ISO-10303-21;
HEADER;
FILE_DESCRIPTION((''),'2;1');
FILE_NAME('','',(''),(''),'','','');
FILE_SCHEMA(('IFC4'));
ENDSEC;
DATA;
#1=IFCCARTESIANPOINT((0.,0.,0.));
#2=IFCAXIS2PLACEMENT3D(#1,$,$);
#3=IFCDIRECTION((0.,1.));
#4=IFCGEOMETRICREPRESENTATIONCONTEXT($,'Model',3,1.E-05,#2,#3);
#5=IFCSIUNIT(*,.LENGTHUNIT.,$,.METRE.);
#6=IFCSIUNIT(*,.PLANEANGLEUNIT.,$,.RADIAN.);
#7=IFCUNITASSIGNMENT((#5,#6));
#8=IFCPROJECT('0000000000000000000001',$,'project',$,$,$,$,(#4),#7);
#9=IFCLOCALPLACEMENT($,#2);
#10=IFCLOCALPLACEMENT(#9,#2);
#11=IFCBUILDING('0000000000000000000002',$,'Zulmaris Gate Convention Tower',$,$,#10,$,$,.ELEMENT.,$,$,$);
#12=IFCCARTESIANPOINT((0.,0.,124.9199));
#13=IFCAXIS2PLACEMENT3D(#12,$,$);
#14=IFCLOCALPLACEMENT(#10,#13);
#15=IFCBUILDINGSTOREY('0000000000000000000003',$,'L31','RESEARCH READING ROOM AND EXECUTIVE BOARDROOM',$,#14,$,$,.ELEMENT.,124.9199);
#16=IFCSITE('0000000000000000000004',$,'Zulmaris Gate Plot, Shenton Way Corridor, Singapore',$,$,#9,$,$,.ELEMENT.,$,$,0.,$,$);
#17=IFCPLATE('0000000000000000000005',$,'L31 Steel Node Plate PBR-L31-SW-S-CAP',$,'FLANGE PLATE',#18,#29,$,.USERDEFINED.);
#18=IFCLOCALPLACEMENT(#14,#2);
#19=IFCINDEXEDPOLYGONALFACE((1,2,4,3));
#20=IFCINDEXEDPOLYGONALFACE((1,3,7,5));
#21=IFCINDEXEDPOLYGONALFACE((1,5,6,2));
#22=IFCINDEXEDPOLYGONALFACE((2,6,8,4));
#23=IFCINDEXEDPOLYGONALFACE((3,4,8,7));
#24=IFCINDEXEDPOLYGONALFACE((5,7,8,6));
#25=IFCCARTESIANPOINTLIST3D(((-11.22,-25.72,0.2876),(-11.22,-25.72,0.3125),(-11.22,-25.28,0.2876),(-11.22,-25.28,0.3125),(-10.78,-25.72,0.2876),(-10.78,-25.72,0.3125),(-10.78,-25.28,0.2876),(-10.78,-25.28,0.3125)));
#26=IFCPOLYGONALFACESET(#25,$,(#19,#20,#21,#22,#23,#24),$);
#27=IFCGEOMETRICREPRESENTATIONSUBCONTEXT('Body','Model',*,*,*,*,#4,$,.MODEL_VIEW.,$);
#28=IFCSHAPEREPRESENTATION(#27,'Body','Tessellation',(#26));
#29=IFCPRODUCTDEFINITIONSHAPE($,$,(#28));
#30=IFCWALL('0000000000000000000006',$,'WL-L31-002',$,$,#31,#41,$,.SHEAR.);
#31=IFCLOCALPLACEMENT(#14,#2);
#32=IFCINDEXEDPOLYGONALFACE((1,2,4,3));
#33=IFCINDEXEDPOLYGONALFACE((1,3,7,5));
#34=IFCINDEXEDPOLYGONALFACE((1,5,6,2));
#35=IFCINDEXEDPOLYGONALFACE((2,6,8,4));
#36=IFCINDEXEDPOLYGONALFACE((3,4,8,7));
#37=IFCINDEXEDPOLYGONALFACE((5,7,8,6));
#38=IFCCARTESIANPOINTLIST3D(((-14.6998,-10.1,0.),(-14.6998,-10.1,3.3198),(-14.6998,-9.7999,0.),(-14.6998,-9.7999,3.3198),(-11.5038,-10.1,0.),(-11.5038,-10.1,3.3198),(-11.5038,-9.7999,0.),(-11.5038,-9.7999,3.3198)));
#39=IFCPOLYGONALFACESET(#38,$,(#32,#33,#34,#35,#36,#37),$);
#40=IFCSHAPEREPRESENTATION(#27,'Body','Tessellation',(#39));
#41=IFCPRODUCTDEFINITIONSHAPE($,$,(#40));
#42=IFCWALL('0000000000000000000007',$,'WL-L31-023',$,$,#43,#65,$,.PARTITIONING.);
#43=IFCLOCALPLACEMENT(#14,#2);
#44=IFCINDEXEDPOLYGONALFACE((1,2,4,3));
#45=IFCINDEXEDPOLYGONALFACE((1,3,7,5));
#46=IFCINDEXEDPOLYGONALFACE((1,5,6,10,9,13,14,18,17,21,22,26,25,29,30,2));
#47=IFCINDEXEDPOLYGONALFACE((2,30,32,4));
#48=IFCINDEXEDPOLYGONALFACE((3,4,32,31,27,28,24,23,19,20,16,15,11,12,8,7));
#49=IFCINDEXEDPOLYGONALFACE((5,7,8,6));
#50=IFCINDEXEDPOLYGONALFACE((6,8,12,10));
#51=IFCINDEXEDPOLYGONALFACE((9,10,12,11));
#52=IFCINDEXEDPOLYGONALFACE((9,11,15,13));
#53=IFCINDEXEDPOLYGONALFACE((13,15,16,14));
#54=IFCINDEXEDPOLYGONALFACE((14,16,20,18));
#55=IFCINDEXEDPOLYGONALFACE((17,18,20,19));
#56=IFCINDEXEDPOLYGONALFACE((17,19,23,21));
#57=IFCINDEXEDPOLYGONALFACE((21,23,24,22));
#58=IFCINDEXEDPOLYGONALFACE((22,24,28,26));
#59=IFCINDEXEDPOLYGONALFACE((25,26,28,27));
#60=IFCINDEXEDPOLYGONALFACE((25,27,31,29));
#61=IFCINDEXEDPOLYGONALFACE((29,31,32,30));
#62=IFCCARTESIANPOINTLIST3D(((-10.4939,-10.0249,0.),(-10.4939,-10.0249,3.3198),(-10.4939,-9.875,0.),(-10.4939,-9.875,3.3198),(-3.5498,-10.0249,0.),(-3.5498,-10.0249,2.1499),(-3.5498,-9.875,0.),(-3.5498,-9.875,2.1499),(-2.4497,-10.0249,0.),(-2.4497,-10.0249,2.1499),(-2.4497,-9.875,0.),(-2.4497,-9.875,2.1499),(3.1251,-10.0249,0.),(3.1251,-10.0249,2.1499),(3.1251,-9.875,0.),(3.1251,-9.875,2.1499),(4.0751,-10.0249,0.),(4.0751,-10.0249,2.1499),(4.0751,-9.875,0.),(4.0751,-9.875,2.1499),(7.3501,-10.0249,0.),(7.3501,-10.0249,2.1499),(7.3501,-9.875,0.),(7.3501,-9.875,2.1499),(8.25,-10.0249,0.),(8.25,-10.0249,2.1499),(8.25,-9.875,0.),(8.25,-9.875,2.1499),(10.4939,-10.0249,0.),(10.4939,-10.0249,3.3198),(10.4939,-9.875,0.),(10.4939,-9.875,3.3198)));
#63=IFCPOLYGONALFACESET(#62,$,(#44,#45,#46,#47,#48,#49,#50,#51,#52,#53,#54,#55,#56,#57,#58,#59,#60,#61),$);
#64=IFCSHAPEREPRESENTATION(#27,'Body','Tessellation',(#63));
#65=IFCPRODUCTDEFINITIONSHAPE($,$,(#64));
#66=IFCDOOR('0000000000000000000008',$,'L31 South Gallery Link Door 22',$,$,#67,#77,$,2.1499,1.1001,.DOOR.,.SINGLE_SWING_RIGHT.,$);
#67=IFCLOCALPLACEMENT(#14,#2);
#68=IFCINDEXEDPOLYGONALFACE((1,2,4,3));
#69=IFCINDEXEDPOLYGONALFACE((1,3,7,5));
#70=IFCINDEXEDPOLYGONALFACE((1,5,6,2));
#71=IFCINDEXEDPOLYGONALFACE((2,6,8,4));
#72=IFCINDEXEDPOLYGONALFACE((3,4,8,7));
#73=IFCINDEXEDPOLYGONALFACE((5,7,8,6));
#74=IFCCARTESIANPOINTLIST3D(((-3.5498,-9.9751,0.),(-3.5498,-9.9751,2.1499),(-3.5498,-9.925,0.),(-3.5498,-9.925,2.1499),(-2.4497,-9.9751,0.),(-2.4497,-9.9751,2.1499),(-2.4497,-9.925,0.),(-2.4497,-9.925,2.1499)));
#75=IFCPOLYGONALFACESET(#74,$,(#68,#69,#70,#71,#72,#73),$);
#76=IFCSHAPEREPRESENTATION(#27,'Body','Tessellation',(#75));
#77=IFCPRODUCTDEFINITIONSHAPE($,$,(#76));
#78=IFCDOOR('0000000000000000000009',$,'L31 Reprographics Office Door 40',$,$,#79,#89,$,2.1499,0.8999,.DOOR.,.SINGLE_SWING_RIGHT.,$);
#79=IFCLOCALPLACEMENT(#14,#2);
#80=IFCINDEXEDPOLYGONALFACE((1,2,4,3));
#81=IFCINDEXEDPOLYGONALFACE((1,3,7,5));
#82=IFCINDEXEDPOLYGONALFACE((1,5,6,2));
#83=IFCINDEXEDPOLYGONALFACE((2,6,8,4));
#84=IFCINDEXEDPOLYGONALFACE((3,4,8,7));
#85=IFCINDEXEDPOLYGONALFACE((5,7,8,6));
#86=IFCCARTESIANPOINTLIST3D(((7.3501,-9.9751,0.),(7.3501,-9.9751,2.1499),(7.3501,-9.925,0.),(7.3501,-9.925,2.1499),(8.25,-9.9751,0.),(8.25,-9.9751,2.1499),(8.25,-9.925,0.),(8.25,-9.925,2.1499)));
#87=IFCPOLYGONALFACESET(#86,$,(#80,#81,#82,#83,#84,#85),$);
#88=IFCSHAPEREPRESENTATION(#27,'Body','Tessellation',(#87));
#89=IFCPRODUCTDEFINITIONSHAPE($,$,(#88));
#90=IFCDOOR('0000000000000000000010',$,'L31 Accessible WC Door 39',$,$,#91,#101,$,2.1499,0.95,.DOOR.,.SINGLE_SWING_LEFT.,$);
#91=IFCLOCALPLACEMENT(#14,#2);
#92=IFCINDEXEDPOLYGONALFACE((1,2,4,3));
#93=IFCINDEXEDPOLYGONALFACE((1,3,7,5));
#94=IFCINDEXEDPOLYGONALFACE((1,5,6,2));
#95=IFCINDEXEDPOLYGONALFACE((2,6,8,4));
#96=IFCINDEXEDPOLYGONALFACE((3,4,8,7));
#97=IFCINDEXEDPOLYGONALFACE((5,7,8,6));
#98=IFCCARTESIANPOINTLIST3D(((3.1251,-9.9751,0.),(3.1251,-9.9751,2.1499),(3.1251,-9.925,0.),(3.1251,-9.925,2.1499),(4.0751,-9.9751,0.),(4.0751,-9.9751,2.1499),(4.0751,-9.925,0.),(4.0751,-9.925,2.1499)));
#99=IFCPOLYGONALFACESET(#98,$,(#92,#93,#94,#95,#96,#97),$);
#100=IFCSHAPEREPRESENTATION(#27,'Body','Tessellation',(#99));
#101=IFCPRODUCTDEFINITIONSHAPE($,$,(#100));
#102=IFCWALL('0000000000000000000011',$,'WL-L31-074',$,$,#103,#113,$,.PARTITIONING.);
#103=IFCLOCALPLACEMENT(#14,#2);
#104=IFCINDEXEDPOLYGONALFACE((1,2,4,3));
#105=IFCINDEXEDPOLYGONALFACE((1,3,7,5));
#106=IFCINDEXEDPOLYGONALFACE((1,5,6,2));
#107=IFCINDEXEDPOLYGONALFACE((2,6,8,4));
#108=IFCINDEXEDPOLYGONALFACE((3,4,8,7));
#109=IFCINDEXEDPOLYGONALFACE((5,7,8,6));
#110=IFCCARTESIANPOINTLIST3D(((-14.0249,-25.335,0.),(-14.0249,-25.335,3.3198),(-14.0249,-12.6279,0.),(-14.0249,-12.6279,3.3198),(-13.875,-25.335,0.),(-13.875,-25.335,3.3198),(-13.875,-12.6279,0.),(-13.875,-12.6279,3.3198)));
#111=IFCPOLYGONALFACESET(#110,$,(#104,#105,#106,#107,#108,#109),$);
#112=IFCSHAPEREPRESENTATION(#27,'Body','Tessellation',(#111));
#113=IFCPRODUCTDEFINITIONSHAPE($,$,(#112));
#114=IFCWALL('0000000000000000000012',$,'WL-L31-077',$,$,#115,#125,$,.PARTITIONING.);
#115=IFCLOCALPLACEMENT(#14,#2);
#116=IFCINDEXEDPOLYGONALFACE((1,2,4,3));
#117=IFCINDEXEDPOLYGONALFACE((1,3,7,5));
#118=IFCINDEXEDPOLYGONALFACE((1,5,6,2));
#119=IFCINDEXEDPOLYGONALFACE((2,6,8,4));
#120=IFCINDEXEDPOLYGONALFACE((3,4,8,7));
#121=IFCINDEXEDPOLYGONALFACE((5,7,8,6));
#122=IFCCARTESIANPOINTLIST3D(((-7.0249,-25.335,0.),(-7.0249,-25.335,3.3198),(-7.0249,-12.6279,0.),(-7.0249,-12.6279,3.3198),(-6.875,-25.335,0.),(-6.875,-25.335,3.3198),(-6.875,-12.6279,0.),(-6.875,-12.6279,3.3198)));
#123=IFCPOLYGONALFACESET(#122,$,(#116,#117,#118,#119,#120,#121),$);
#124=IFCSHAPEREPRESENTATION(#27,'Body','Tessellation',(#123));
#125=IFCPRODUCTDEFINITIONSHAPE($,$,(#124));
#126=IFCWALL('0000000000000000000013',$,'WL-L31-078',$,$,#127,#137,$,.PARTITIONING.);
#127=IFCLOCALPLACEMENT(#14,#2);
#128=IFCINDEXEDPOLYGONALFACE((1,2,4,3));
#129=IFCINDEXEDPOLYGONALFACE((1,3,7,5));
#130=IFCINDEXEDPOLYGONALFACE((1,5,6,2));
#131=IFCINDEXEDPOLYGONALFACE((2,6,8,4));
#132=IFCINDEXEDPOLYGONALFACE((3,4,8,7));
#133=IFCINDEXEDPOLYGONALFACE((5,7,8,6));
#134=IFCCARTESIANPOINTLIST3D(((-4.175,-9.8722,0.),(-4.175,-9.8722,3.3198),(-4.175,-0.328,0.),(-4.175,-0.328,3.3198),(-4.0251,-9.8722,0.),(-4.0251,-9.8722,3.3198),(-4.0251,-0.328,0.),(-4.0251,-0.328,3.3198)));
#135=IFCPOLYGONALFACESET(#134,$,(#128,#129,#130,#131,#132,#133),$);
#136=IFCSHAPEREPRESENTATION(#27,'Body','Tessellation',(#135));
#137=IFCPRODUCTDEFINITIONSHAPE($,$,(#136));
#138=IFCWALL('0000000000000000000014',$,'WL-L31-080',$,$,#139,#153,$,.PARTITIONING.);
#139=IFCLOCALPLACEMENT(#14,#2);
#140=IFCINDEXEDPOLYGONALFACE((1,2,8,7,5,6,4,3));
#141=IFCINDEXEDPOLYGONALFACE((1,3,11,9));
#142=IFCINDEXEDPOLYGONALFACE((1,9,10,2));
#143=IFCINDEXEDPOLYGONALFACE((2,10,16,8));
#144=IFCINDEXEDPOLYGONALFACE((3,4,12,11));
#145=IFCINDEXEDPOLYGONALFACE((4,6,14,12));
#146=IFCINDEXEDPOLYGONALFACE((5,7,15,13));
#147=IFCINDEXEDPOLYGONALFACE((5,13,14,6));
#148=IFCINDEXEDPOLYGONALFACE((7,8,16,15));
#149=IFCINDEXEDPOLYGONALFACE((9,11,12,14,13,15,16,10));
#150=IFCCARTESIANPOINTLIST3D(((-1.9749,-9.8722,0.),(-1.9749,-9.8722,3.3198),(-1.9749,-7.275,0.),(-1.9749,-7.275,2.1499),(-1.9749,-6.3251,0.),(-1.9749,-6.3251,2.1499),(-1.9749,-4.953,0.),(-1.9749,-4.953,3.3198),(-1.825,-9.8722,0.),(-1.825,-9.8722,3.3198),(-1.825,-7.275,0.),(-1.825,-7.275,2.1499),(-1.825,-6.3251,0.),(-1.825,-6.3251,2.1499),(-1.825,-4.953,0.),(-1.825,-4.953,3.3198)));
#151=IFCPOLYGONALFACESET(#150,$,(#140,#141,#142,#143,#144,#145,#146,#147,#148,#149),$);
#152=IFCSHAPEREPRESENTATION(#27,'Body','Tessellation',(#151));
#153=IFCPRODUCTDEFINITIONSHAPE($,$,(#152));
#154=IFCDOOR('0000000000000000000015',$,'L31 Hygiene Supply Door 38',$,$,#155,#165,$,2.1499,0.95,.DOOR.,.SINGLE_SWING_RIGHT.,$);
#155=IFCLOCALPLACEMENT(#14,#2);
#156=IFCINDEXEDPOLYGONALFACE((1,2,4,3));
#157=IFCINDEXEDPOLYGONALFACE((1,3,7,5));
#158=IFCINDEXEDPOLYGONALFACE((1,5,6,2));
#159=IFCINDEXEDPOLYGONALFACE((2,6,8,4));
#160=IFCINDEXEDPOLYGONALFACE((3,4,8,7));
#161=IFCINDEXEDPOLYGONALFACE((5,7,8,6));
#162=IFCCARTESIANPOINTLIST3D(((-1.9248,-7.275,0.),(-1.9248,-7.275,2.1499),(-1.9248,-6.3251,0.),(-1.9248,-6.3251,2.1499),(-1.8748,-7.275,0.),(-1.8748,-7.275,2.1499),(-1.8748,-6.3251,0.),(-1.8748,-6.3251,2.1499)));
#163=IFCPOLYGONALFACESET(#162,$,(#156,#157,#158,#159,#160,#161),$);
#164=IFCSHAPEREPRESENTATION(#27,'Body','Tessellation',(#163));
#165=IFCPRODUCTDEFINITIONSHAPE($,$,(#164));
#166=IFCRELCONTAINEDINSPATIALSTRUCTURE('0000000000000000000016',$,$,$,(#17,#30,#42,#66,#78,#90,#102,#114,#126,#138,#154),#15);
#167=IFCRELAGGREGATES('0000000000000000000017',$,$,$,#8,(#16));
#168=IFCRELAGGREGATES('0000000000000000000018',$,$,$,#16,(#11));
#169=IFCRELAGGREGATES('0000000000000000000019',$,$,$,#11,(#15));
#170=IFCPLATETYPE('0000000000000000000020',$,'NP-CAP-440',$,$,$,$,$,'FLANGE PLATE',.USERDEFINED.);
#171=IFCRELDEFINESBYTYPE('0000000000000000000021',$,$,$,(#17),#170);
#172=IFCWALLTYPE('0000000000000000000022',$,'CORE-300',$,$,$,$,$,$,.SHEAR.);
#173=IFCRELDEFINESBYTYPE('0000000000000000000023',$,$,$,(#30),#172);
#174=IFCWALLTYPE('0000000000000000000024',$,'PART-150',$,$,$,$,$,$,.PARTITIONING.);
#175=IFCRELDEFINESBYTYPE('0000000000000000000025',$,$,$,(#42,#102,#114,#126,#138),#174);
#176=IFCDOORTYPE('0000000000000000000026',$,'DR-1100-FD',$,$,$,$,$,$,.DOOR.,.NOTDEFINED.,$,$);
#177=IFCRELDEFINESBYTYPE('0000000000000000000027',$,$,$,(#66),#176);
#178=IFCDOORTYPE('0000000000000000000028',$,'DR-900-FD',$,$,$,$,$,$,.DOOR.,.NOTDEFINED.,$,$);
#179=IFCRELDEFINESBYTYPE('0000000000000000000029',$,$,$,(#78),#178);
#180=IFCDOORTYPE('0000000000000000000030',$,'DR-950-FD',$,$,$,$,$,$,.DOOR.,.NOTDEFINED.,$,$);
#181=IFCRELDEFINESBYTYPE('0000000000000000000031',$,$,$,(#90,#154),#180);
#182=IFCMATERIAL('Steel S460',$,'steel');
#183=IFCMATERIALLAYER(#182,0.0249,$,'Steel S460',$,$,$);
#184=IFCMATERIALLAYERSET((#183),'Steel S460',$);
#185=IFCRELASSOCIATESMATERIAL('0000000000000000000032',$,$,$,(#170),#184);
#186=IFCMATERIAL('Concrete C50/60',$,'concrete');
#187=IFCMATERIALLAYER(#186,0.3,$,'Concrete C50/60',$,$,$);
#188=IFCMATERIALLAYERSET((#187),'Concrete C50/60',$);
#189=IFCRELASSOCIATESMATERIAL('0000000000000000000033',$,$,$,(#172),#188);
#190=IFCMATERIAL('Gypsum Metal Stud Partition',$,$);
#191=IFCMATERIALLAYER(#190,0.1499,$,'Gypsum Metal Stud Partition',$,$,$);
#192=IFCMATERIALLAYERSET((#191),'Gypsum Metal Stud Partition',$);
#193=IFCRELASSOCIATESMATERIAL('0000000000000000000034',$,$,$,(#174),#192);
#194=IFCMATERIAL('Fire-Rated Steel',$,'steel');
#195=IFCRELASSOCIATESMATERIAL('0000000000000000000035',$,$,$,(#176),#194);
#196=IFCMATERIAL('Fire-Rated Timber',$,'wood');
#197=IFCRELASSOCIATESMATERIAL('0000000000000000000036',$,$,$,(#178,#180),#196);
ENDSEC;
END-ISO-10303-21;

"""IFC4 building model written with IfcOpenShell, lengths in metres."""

from ifc_helpers import new_model, si_unit, direction, frame, frame_2d, origin, origin_2d, place, context, subcontext, project, spatial, rectangle, extrude, material, layer, layer_set, type_object, element, fill, save


model = new_model("IFC4")

# Units and contexts
model_context = context("Model", 3, precision=1e-05, world=origin(), true_north=direction((0.0, 1.0)))
body_context = subcontext(model_context, "Body", "Model", "MODEL_VIEW")
ifc_project = project(units=[si_unit("LENGTHUNIT", "METRE"), si_unit("PLANEANGLEUNIT", "RADIAN")], contexts=[model_context])

# Site, building, storey
site_placement = place(None, origin())
site = spatial("IfcSite", under=ifc_project, at=site_placement, Name="Zulmaris Gate Plot, Shenton Way Corridor, Singapore", CompositionType="ELEMENT", RefElevation=0.0)
building_placement = place(site_placement, origin())
building = spatial("IfcBuilding", under=site, at=building_placement, Name="Zulmaris Gate Convention Tower", CompositionType="ELEMENT")
storey_placement = place(building_placement, frame((0.0, 0.0, 124.9199)))
storey = spatial("IfcBuildingStorey", under=building, at=storey_placement, Name="L31", Description="RESEARCH READING ROOM AND EXECUTIVE BOARDROOM", CompositionType="ELEMENT", Elevation=124.9199)

# Shared definitions
ifc_material_1 = material(Name="Steel S460", Category="steel")

# Plate
ifc_layer_1 = layer(ifc_material_1, 0.0249, Name="Steel S460")
ifc_layer_set_1 = layer_set([ifc_layer_1], Name="Steel S460")
plate_type = type_object("IfcPlateType", Name="NP-CAP-440", ElementType="FLANGE PLATE", PredefinedType="USERDEFINED", material=ifc_layer_set_1)
plate_placement = place(storey_placement, frame((-11.0, -25.5, 0.2876), z_axis=(0.0, 0.0, 1.0), x_axis=(1.0, 0.0, 0.0)))
element("IfcPlate", 1, at=plate_placement, inside=storey, type_object=plate_type, Name="L31 Steel Node Plate PBR-L31-SW-S-CAP", ObjectType="FLANGE PLATE", PredefinedType="USERDEFINED", context=body_context, shape_type="SweptSolid", body=[
    extrude(rectangle(XDim=0.4399, YDim=0.4399, at=origin_2d()), origin(), (0.0, 0.0, 1.0), 0.0249),
])

# Wall
ifc_material_2 = material(Name="Concrete C50/60", Category="concrete")
ifc_layer_2 = layer(ifc_material_2, 0.3, Name="Concrete C50/60")
ifc_layer_set_2 = layer_set([ifc_layer_2], Name="Concrete C50/60")
wall_type_1 = type_object("IfcWallType", Name="CORE-300", PredefinedType="SHEAR", material=ifc_layer_set_2)
wall_1_placement = place(storey_placement, frame((-14.7, -9.95, 0.0), z_axis=(0.0, 0.0, 1.0), x_axis=(1.0, 0.0, 0.0)))
element("IfcWall", 2, at=wall_1_placement, inside=storey, type_object=wall_type_1, Name="WL-L31-002", PredefinedType="SHEAR", context=body_context, shape_type="SweptSolid", body=[
    extrude(rectangle(XDim=3.196, YDim=0.3, at=frame_2d((1.5981, 0.0))), origin(), (0.0, 0.0, 1.0), 3.3198),
])

# Wall, openings, doors
ifc_material_3 = material(Name="Gypsum Metal Stud Partition")
ifc_layer_3 = layer(ifc_material_3, 0.1499, Name="Gypsum Metal Stud Partition")
ifc_layer_set_3 = layer_set([ifc_layer_3], Name="Gypsum Metal Stud Partition")
wall_type_2 = type_object("IfcWallType", Name="PART-150", PredefinedType="PARTITIONING", material=ifc_layer_set_3)
wall_2_placement = place(storey_placement, frame((-10.4939, -9.95, 0.0), z_axis=(0.0, 0.0, 1.0), x_axis=(1.0, 0.0, 0.0)))
wall_2 = element("IfcWall", 3, at=wall_2_placement, inside=storey, type_object=wall_type_2, Name="WL-L31-023", PredefinedType="PARTITIONING", context=body_context, shape_type="SweptSolid", body=[
    extrude(rectangle(XDim=20.9878, YDim=0.1499, at=frame_2d((10.4939, 0.0))), origin(), (0.0, 0.0, 1.0), 3.3198),
])
opening_1_placement = place(wall_2_placement, frame((6.9441, 0.0, 0.0)))
opening_1 = element("IfcOpeningElement", 4, at=opening_1_placement, cuts=wall_2, PredefinedType="OPENING", context=body_context, shape_type="SweptSolid", body=[
    extrude(rectangle(XDim=1.1001, YDim=2.1499, at=frame_2d((0.55, 1.075))), frame((0.0, 0.085, 0.0), z_axis=(0.0, -1.0, 0.0), x_axis=(1.0, 0.0, 0.0)), (0.0, 0.0, 1.0), 0.1699),
])
opening_2_placement = place(wall_2_placement, frame((13.6189, 0.0, 0.0)))
opening_2 = element("IfcOpeningElement", 5, at=opening_2_placement, cuts=wall_2, PredefinedType="OPENING", context=body_context, shape_type="SweptSolid", body=[
    extrude(rectangle(XDim=0.95, YDim=2.1499, at=frame_2d((0.4751, 1.075))), frame((0.0, 0.085, 0.0), z_axis=(0.0, -1.0, 0.0), x_axis=(1.0, 0.0, 0.0)), (0.0, 0.0, 1.0), 0.1699),
])
opening_3_placement = place(wall_2_placement, frame((17.844, 0.0, 0.0)))
opening_3 = element("IfcOpeningElement", 6, at=opening_3_placement, cuts=wall_2, PredefinedType="OPENING", context=body_context, shape_type="SweptSolid", body=[
    extrude(rectangle(XDim=0.8999, YDim=2.1499, at=frame_2d((0.45, 1.075))), frame((0.0, 0.085, 0.0), z_axis=(0.0, -1.0, 0.0), x_axis=(1.0, 0.0, 0.0)), (0.0, 0.0, 1.0), 0.1699),
])
ifc_material_4 = material(Name="Fire-Rated Steel", Category="steel")
door_type_1 = type_object("IfcDoorType", Name="DR-1100-FD", OperationType="NOTDEFINED", PredefinedType="DOOR", material=ifc_material_4)
door_1_placement = place(opening_1_placement, origin())
door_1 = element("IfcDoor", 7, at=door_1_placement, inside=storey, type_object=door_type_1, Name="L31 South Gallery Link Door 22", OperationType="SINGLE_SWING_RIGHT", OverallHeight=2.1499, OverallWidth=1.1001, PredefinedType="DOOR", context=body_context, shape_type="SweptSolid", body=[
    extrude(rectangle(XDim=1.1001, YDim=2.1499, at=frame_2d((0.55, 1.075))), frame((0.0, 0.0249, 0.0), z_axis=(0.0, -1.0, 0.0), x_axis=(1.0, 0.0, 0.0)), (0.0, 0.0, 1.0), 0.05),
])
fill(opening_1, door_1)
ifc_material_5 = material(Name="Fire-Rated Timber", Category="wood")
door_type_2 = type_object("IfcDoorType", Name="DR-900-FD", OperationType="NOTDEFINED", PredefinedType="DOOR", material=ifc_material_5)
door_2_placement = place(opening_3_placement, origin())
door_2 = element("IfcDoor", 8, at=door_2_placement, inside=storey, type_object=door_type_2, Name="L31 Reprographics Office Door 40", OperationType="SINGLE_SWING_RIGHT", OverallHeight=2.1499, OverallWidth=0.8999, PredefinedType="DOOR", context=body_context, shape_type="SweptSolid", body=[
    extrude(rectangle(XDim=0.8999, YDim=2.1499, at=frame_2d((0.45, 1.075))), frame((0.0, 0.0249, 0.0), z_axis=(0.0, -1.0, 0.0), x_axis=(1.0, 0.0, 0.0)), (0.0, 0.0, 1.0), 0.05),
])
fill(opening_3, door_2)
door_type_3 = type_object("IfcDoorType", Name="DR-950-FD", OperationType="NOTDEFINED", PredefinedType="DOOR", material=ifc_material_5)
door_3_placement = place(opening_2_placement, origin())
door_3 = element("IfcDoor", 9, at=door_3_placement, inside=storey, type_object=door_type_3, Name="L31 Accessible WC Door 39", OperationType="SINGLE_SWING_LEFT", OverallHeight=2.1499, OverallWidth=0.95, PredefinedType="DOOR", context=body_context, shape_type="SweptSolid", body=[
    extrude(rectangle(XDim=0.95, YDim=2.1499, at=frame_2d((0.4751, 1.075))), frame((0.0, 0.0249, 0.0), z_axis=(0.0, -1.0, 0.0), x_axis=(1.0, 0.0, 0.0)), (0.0, 0.0, 1.0), 0.05),
])
fill(opening_2, door_3)

# Walls
for number, where, z_axis, x_axis, name in (
    (10, (-13.95, -25.335, 0.0), (0.0, 0.0, 1.0), (0.0, 1.0, 0.0), "WL-L31-074"),
    (11, (-6.95, -25.335, 0.0), (0.0, 0.0, 1.0), (0.0, 1.0, 0.0), "WL-L31-077"),
):
    element("IfcWall", number, at=place(storey_placement, frame(where, z_axis=z_axis, x_axis=x_axis)), inside=storey, type_object=wall_type_2, Name=name, PredefinedType="PARTITIONING", context=body_context, shape_type="SweptSolid", body=[
        extrude(rectangle(XDim=12.707, YDim=0.1499, at=frame_2d((6.3535, 0.0))), origin(), (0.0, 0.0, 1.0), 3.3198),
    ])
wall_3_placement = place(storey_placement, frame((-4.1001, -9.8721, 0.0), z_axis=(0.0, 0.0, 1.0), x_axis=(0.0, 1.0, 0.0)))
element("IfcWall", 12, at=wall_3_placement, inside=storey, type_object=wall_type_2, Name="WL-L31-078", PredefinedType="PARTITIONING", context=body_context, shape_type="SweptSolid", body=[
    extrude(rectangle(XDim=9.5442, YDim=0.1499, at=frame_2d((4.772, 0.0))), origin(), (0.0, 0.0, 1.0), 3.3198),
])

# Wall, opening, door
wall_4_placement = place(storey_placement, frame((-1.8999, -9.8721, 0.0), z_axis=(0.0, 0.0, 1.0), x_axis=(0.0, 1.0, 0.0)))
wall_4 = element("IfcWall", 13, at=wall_4_placement, inside=storey, type_object=wall_type_2, Name="WL-L31-080", PredefinedType="PARTITIONING", context=body_context, shape_type="SweptSolid", body=[
    extrude(rectangle(XDim=4.9192, YDim=0.1499, at=frame_2d((2.4595, 0.0))), origin(), (0.0, 0.0, 1.0), 3.3198),
])
opening_4_placement = place(wall_4_placement, frame((2.5969, 0.0, 0.0)))
opening_4 = element("IfcOpeningElement", 14, at=opening_4_placement, cuts=wall_4, PredefinedType="OPENING", context=body_context, shape_type="SweptSolid", body=[
    extrude(rectangle(XDim=0.95, YDim=2.1499, at=frame_2d((0.4751, 1.075))), frame((0.0, 0.085, 0.0), z_axis=(0.0, -1.0, 0.0), x_axis=(1.0, 0.0, 0.0)), (0.0, 0.0, 1.0), 0.1699),
])
door_4_placement = place(opening_4_placement, origin())
door_4 = element("IfcDoor", 15, at=door_4_placement, inside=storey, type_object=door_type_3, Name="L31 Hygiene Supply Door 38", OperationType="SINGLE_SWING_RIGHT", OverallHeight=2.1499, OverallWidth=0.95, PredefinedType="DOOR", context=body_context, shape_type="SweptSolid", body=[
    extrude(rectangle(XDim=0.95, YDim=2.1499, at=frame_2d((0.4751, 1.075))), frame((0.0, 0.0249, 0.0), z_axis=(0.0, -1.0, 0.0), x_axis=(1.0, 0.0, 0.0)), (0.0, 0.0, 1.0), 0.05),
])
fill(opening_4, door_4)

save(model, "model.ifc")
